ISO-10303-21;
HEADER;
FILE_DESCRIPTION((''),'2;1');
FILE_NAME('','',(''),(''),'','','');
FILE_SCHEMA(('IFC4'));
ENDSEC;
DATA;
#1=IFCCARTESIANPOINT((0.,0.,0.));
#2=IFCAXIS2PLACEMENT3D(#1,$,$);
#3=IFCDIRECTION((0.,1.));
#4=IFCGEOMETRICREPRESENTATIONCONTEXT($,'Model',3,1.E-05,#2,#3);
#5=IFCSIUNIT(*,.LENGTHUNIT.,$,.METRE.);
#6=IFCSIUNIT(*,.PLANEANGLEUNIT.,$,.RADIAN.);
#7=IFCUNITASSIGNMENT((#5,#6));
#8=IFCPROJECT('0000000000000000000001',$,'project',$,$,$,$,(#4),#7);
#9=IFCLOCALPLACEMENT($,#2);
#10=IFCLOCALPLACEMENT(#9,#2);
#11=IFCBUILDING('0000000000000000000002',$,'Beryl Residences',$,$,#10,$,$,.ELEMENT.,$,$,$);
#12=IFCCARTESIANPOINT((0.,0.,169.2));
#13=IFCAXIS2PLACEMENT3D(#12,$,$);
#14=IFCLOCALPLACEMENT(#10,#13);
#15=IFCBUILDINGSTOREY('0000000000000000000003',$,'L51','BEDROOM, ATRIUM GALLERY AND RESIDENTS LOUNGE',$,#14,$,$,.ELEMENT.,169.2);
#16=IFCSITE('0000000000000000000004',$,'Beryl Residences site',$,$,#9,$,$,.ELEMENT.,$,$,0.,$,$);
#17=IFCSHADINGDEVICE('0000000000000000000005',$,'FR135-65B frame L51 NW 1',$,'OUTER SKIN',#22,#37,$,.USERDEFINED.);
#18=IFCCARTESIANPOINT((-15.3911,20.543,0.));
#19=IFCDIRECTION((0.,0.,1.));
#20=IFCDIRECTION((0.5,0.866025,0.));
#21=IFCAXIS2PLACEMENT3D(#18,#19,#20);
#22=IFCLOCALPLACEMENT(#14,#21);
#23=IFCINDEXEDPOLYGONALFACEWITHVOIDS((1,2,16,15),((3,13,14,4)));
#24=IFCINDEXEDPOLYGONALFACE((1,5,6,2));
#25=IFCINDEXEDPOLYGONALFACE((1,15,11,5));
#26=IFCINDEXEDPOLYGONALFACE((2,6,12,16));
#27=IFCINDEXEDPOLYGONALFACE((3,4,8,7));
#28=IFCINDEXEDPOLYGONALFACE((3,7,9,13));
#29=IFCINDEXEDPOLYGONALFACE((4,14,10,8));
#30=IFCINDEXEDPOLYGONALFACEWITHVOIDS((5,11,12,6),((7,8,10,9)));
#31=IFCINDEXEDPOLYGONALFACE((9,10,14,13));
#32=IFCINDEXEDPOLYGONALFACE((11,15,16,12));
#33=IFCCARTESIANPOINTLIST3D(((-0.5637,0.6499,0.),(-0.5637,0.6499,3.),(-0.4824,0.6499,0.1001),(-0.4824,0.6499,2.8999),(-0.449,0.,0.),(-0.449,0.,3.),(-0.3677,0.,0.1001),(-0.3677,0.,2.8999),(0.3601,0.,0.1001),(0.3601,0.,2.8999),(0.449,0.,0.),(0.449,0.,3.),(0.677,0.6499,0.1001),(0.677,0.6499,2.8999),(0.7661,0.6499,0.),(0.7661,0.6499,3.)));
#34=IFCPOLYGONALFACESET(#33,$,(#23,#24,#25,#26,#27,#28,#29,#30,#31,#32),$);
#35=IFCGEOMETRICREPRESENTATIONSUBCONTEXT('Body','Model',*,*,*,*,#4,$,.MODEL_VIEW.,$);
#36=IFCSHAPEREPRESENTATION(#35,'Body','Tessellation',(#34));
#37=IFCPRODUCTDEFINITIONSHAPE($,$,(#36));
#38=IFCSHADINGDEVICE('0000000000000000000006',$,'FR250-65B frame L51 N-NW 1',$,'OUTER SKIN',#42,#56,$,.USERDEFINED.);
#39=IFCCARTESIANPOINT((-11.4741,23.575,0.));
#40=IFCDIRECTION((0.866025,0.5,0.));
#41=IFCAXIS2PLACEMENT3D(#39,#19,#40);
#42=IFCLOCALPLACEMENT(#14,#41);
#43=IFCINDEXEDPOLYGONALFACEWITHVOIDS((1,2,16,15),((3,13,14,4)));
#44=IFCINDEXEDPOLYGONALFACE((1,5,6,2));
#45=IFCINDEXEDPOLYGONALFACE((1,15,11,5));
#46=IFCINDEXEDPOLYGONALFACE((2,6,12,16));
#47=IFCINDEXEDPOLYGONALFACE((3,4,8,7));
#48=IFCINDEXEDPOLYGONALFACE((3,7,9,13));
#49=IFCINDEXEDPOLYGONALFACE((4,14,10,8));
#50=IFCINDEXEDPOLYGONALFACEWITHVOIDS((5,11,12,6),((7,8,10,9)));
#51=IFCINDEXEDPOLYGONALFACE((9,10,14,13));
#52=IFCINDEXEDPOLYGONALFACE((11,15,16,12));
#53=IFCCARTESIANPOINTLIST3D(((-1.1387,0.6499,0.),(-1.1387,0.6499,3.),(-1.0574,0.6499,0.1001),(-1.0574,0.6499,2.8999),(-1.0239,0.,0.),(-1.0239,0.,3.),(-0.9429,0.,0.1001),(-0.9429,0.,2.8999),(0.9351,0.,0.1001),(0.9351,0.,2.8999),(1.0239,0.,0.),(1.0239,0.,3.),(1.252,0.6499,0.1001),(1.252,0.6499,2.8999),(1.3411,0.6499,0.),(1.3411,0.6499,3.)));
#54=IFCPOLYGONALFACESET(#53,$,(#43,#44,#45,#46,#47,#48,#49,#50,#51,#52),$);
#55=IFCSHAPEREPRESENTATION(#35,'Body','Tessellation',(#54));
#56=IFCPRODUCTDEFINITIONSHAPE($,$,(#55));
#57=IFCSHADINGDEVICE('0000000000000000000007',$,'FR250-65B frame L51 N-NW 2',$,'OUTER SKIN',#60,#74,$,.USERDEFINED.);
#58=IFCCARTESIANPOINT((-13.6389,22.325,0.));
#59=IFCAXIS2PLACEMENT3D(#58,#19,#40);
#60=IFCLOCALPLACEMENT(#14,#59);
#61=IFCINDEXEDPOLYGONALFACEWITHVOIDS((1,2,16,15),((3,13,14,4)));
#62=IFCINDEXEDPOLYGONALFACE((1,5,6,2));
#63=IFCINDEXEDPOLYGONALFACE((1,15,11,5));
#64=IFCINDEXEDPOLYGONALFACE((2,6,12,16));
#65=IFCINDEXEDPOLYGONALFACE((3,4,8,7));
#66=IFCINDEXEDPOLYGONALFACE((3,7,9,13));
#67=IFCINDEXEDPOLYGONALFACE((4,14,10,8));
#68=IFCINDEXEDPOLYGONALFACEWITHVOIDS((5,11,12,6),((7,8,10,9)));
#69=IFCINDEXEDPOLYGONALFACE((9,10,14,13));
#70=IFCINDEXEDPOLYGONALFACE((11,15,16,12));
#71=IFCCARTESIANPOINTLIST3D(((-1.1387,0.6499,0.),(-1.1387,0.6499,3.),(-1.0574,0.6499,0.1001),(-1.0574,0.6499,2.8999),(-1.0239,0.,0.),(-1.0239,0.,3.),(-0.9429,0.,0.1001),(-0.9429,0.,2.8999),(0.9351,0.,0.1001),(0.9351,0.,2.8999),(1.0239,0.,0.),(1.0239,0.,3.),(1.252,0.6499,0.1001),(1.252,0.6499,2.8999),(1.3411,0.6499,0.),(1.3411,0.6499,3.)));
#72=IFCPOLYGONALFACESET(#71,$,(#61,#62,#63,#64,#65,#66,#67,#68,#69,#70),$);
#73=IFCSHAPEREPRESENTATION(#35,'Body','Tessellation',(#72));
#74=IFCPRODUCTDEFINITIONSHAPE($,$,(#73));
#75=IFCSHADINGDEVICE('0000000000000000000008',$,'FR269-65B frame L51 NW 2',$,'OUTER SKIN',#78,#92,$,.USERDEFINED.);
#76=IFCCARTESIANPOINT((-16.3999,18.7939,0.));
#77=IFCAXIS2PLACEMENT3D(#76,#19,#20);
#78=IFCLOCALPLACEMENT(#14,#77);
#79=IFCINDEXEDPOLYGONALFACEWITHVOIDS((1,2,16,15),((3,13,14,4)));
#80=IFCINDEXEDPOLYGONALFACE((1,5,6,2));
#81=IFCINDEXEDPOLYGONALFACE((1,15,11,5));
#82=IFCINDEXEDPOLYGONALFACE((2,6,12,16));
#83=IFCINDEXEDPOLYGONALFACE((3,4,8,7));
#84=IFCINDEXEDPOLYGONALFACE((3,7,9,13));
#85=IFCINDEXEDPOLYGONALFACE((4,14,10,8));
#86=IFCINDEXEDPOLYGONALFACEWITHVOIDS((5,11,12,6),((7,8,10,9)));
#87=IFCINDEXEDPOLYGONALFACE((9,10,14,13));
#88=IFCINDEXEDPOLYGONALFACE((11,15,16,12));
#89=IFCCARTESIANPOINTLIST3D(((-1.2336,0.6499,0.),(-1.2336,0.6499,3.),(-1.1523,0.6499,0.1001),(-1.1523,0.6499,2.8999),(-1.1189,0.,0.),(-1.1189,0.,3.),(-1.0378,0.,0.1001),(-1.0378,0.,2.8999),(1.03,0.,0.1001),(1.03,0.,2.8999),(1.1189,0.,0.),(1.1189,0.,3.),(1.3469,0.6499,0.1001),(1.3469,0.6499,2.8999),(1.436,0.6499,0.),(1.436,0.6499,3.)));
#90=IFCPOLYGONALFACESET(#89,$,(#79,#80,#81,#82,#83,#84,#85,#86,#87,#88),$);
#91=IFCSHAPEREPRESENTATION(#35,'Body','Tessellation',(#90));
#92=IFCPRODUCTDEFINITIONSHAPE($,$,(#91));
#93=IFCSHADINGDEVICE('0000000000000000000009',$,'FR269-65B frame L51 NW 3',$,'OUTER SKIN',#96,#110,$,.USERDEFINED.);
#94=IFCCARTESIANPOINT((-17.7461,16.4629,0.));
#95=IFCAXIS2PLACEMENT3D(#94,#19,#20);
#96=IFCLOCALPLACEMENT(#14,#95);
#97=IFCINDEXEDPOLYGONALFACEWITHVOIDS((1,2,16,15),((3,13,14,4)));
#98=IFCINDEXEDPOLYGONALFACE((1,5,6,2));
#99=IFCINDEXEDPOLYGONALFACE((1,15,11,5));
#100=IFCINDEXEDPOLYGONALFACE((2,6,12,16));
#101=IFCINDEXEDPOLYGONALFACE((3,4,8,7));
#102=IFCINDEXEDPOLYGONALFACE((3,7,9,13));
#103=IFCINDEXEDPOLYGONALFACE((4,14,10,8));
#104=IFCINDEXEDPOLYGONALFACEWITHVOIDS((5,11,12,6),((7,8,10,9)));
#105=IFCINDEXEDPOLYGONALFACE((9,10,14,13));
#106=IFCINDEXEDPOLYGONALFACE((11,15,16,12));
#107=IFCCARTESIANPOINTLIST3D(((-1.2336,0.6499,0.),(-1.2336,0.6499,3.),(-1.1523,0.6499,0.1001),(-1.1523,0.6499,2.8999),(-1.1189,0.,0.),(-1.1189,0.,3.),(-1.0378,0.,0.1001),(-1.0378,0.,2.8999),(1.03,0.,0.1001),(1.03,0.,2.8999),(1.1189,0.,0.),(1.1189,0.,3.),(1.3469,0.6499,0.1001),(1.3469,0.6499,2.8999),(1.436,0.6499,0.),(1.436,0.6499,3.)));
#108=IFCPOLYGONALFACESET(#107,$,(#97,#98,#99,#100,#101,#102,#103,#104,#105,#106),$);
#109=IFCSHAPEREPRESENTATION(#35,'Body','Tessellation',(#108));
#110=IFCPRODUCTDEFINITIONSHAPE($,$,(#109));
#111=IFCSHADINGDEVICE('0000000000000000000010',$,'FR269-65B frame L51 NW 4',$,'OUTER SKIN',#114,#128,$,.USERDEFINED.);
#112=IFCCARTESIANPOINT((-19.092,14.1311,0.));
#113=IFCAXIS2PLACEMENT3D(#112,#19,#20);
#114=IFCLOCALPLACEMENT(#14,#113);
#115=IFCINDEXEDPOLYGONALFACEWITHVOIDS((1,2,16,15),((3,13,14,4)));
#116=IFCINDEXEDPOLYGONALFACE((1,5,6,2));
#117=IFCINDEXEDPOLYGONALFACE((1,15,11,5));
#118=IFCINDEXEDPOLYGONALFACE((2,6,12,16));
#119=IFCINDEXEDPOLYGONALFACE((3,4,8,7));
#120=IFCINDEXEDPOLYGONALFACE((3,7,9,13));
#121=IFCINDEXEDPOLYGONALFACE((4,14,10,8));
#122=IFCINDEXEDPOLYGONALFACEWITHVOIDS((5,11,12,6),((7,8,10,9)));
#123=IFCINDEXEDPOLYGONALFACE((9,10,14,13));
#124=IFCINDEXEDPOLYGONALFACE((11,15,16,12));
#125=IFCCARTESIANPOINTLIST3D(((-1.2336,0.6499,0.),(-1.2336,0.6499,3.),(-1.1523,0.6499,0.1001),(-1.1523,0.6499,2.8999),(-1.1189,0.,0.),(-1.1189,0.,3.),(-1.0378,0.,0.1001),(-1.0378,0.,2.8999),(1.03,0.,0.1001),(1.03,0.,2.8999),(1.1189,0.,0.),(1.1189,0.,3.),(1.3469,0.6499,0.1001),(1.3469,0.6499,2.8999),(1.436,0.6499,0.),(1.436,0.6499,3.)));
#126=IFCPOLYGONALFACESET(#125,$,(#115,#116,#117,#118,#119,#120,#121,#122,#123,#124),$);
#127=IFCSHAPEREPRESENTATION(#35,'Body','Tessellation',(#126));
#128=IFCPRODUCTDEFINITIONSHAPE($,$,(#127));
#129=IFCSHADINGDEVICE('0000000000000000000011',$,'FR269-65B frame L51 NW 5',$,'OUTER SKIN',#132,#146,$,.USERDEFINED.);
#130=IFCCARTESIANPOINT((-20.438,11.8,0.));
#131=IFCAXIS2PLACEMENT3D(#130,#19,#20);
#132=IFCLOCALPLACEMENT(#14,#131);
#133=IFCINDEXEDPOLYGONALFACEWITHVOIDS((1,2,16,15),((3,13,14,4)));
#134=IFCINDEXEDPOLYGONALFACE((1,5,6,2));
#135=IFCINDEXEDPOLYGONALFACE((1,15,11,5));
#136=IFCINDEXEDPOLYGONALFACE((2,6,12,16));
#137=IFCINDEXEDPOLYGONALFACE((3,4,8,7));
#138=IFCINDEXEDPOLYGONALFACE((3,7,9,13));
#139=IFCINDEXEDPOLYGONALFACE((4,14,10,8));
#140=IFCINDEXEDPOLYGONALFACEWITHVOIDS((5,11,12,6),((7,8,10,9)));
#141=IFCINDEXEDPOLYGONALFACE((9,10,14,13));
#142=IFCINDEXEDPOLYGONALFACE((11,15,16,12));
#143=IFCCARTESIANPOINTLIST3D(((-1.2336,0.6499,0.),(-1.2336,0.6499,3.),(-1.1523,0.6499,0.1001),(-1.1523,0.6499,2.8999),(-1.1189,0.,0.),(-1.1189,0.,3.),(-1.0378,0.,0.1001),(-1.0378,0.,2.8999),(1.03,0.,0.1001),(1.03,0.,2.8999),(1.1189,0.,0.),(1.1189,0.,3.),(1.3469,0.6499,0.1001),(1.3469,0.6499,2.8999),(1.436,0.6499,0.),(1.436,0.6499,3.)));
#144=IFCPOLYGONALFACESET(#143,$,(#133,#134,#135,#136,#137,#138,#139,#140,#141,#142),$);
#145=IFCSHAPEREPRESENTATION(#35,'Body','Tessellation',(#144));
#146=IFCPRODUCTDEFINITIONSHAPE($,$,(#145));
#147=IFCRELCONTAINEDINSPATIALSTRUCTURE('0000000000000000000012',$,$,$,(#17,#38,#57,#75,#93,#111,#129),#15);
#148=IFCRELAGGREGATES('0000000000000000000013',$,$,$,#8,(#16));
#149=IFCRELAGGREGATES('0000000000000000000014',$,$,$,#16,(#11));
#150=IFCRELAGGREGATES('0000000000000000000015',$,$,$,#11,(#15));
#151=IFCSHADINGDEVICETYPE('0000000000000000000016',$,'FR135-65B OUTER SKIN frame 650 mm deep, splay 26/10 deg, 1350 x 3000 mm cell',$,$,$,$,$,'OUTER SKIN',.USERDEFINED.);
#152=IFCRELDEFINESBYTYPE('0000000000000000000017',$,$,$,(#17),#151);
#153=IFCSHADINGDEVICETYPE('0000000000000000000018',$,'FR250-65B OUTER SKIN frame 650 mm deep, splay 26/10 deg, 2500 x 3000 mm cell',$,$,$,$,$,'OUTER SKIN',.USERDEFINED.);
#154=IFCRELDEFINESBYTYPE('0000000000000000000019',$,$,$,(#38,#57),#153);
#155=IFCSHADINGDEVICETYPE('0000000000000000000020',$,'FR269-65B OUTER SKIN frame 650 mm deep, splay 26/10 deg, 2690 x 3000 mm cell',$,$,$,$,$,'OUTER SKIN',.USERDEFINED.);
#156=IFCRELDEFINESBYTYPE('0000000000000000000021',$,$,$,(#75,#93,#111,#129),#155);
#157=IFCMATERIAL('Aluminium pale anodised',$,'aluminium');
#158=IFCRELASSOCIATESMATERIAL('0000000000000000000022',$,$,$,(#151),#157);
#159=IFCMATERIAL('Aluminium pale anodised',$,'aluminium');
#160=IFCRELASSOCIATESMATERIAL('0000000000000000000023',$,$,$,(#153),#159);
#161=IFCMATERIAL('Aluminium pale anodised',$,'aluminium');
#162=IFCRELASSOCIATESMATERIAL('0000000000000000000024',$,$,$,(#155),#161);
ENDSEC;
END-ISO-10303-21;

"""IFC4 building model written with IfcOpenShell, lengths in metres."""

from ifc_helpers import new_model, entity, si_unit, direction, frame, origin, place, context, subcontext, project, spatial, source, transform, mapped, material, type_object, type_shapes, element, save


model = new_model("IFC4")

# Units and contexts
model_context = context("Model", 3, precision=1e-05, world=origin(), true_north=direction((0.0, 1.0)))
body_context = subcontext(model_context, "Body", "Model", "MODEL_VIEW")
ifc_project = project(units=[si_unit("LENGTHUNIT", "METRE"), si_unit("PLANEANGLEUNIT", "RADIAN")], contexts=[model_context])

# Site, building, storey
site_placement = place(None, origin())
site = spatial("IfcSite", under=ifc_project, at=site_placement, Name="Beryl Residences site", CompositionType="ELEMENT", RefElevation=0.0)
building_placement = place(site_placement, origin())
building = spatial("IfcBuilding", under=site, at=building_placement, Name="Beryl Residences", CompositionType="ELEMENT")
storey_placement = place(building_placement, frame((0.0, 0.0, 169.2)))
storey = spatial("IfcBuildingStorey", under=building, at=storey_placement, Name="L51", Description="BEDROOM, ATRIUM GALLERY AND RESIDENTS LOUNGE", CompositionType="ELEMENT", Elevation=169.2)

# Shading devices
ifc_material_1 = material(Name="Aluminium pale anodised", Category="aluminium")
shading_device_type_1 = type_object("IfcShadingDeviceType", Name="FR135-65B OUTER SKIN frame 650 mm deep, splay 26/10 deg, 1350 x 3000 mm cell", ElementType="OUTER SKIN", PredefinedType="USERDEFINED", material=ifc_material_1)
cartesian_point_1 = entity("IfcCartesianPoint", [-0.449, 0.0])
cartesian_point_2 = entity("IfcCartesianPoint", [-0.3601, 0.1001])
cartesian_point_3 = entity("IfcCartesianPoint", [-0.7661, 0.0])
cartesian_point_4 = entity("IfcCartesianPoint", [-0.677, 0.1001])
shared_shape_1 = source(origin(), body_context, "Body", "SweptSolid", [
    entity("IfcExtrudedAreaSolidTapered", entity("IfcArbitraryProfileDefWithVoids", "AREA", None, entity("IfcPolyline", [cartesian_point_1, entity("IfcCartesianPoint", [0.449, 0.0]), entity("IfcCartesianPoint", [0.449, 3.0]), entity("IfcCartesianPoint", [-0.449, 3.0]), cartesian_point_1]), [entity("IfcPolyline", [cartesian_point_2, entity("IfcCartesianPoint", [0.3677, 0.1001]), entity("IfcCartesianPoint", [0.3677, 2.8999]), entity("IfcCartesianPoint", [-0.3601, 2.8999]), cartesian_point_2])]), entity("IfcAxis2Placement3D", entity("IfcCartesianPoint", [0.0, 0.0, 0.0]), entity("IfcDirection", [0.0, 1.0, 0.0]), entity("IfcDirection", [-1.0, 0.0, 0.0])), entity("IfcDirection", [0.0, 0.0, 1.0]), 0.6499, entity("IfcArbitraryProfileDefWithVoids", "AREA", None, entity("IfcPolyline", [cartesian_point_3, entity("IfcCartesianPoint", [0.5637, 0.0]), entity("IfcCartesianPoint", [0.5637, 3.0]), entity("IfcCartesianPoint", [-0.7661, 3.0]), cartesian_point_3]), [entity("IfcPolyline", [cartesian_point_4, entity("IfcCartesianPoint", [0.4824, 0.1001]), entity("IfcCartesianPoint", [0.4824, 2.8999]), entity("IfcCartesianPoint", [-0.677, 2.8999]), cartesian_point_4])])),
])
type_shapes(shading_device_type_1, [shared_shape_1])
shading_device_placement = place(storey_placement, frame((-15.3911, 20.543, 0.0), z_axis=(0.0, 0.0, 1.0), x_axis=(0.5, 0.866025, 0.0)))
element("IfcShadingDevice", 1, at=shading_device_placement, inside=storey, type_object=shading_device_type_1, Name="FR135-65B frame L51 NW 1", ObjectType="OUTER SKIN", PredefinedType="USERDEFINED", context=body_context, shape_type="MappedRepresentation", body=[
    mapped(shared_shape_1, transform((0.0, 0.0, 0.0))),
])
ifc_material_2 = material(Name="Aluminium pale anodised", Category="aluminium")
shading_device_type_2 = type_object("IfcShadingDeviceType", Name="FR250-65B OUTER SKIN frame 650 mm deep, splay 26/10 deg, 2500 x 3000 mm cell", ElementType="OUTER SKIN", PredefinedType="USERDEFINED", material=ifc_material_2)
cartesian_point_5 = entity("IfcCartesianPoint", [-1.0239, 0.0])
cartesian_point_6 = entity("IfcCartesianPoint", [-0.9351, 0.1001])
cartesian_point_7 = entity("IfcCartesianPoint", [-1.3411, 0.0])
cartesian_point_8 = entity("IfcCartesianPoint", [-1.252, 0.1001])
shared_shape_2 = source(origin(), body_context, "Body", "SweptSolid", [
    entity("IfcExtrudedAreaSolidTapered", entity("IfcArbitraryProfileDefWithVoids", "AREA", None, entity("IfcPolyline", [cartesian_point_5, entity("IfcCartesianPoint", [1.0239, 0.0]), entity("IfcCartesianPoint", [1.0239, 3.0]), entity("IfcCartesianPoint", [-1.0239, 3.0]), cartesian_point_5]), [entity("IfcPolyline", [cartesian_point_6, entity("IfcCartesianPoint", [0.9429, 0.1001]), entity("IfcCartesianPoint", [0.9429, 2.8999]), entity("IfcCartesianPoint", [-0.9351, 2.8999]), cartesian_point_6])]), entity("IfcAxis2Placement3D", entity("IfcCartesianPoint", [0.0, 0.0, 0.0]), entity("IfcDirection", [0.0, 1.0, 0.0]), entity("IfcDirection", [-1.0, 0.0, 0.0])), entity("IfcDirection", [0.0, 0.0, 1.0]), 0.6499, entity("IfcArbitraryProfileDefWithVoids", "AREA", None, entity("IfcPolyline", [cartesian_point_7, entity("IfcCartesianPoint", [1.1387, 0.0]), entity("IfcCartesianPoint", [1.1387, 3.0]), entity("IfcCartesianPoint", [-1.3411, 3.0]), cartesian_point_7]), [entity("IfcPolyline", [cartesian_point_8, entity("IfcCartesianPoint", [1.0574, 0.1001]), entity("IfcCartesianPoint", [1.0574, 2.8999]), entity("IfcCartesianPoint", [-1.252, 2.8999]), cartesian_point_8])])),
])
type_shapes(shading_device_type_2, [shared_shape_2])
for number, where, z_axis, x_axis, name in (
    (2, (-11.4741, 23.575, 0.0), (0.0, 0.0, 1.0), (0.866025, 0.5, 0.0), "FR250-65B frame L51 N-NW 1"),
    (3, (-13.6389, 22.325, 0.0), (0.0, 0.0, 1.0), (0.866025, 0.5, 0.0), "FR250-65B frame L51 N-NW 2"),
):
    element("IfcShadingDevice", number, at=place(storey_placement, frame(where, z_axis=z_axis, x_axis=x_axis)), inside=storey, type_object=shading_device_type_2, Name=name, ObjectType="OUTER SKIN", PredefinedType="USERDEFINED", context=body_context, shape_type="MappedRepresentation", body=[
        mapped(shared_shape_2, transform((0.0, 0.0, 0.0))),
    ])
ifc_material_3 = material(Name="Aluminium pale anodised", Category="aluminium")
shading_device_type_3 = type_object("IfcShadingDeviceType", Name="FR269-65B OUTER SKIN frame 650 mm deep, splay 26/10 deg, 2690 x 3000 mm cell", ElementType="OUTER SKIN", PredefinedType="USERDEFINED", material=ifc_material_3)
cartesian_point_9 = entity("IfcCartesianPoint", [-1.1189, 0.0])
cartesian_point_10 = entity("IfcCartesianPoint", [-1.03, 0.1001])
cartesian_point_11 = entity("IfcCartesianPoint", [-1.436, 0.0])
cartesian_point_12 = entity("IfcCartesianPoint", [-1.3469, 0.1001])
shared_shape_3 = source(origin(), body_context, "Body", "SweptSolid", [
    entity("IfcExtrudedAreaSolidTapered", entity("IfcArbitraryProfileDefWithVoids", "AREA", None, entity("IfcPolyline", [cartesian_point_9, entity("IfcCartesianPoint", [1.1189, 0.0]), entity("IfcCartesianPoint", [1.1189, 3.0]), entity("IfcCartesianPoint", [-1.1189, 3.0]), cartesian_point_9]), [entity("IfcPolyline", [cartesian_point_10, entity("IfcCartesianPoint", [1.0378, 0.1001]), entity("IfcCartesianPoint", [1.0378, 2.8999]), entity("IfcCartesianPoint", [-1.03, 2.8999]), cartesian_point_10])]), entity("IfcAxis2Placement3D", entity("IfcCartesianPoint", [0.0, 0.0, 0.0]), entity("IfcDirection", [0.0, 1.0, 0.0]), entity("IfcDirection", [-1.0, 0.0, 0.0])), entity("IfcDirection", [0.0, 0.0, 1.0]), 0.6499, entity("IfcArbitraryProfileDefWithVoids", "AREA", None, entity("IfcPolyline", [cartesian_point_11, entity("IfcCartesianPoint", [1.2336, 0.0]), entity("IfcCartesianPoint", [1.2336, 3.0]), entity("IfcCartesianPoint", [-1.436, 3.0]), cartesian_point_11]), [entity("IfcPolyline", [cartesian_point_12, entity("IfcCartesianPoint", [1.1523, 0.1001]), entity("IfcCartesianPoint", [1.1523, 2.8999]), entity("IfcCartesianPoint", [-1.3469, 2.8999]), cartesian_point_12])])),
])
type_shapes(shading_device_type_3, [shared_shape_3])
for number, where, z_axis, x_axis, name in (
    (4, (-16.3999, 18.7939, 0.0), (0.0, 0.0, 1.0), (0.5, 0.866025, 0.0), "FR269-65B frame L51 NW 2"),
    (5, (-17.7461, 16.4629, 0.0), (0.0, 0.0, 1.0), (0.5, 0.866025, 0.0), "FR269-65B frame L51 NW 3"),
    (6, (-19.092, 14.1311, 0.0), (0.0, 0.0, 1.0), (0.5, 0.866025, 0.0), "FR269-65B frame L51 NW 4"),
    (7, (-20.438, 11.8, 0.0), (0.0, 0.0, 1.0), (0.5, 0.866025, 0.0), "FR269-65B frame L51 NW 5"),
):
    element("IfcShadingDevice", number, at=place(storey_placement, frame(where, z_axis=z_axis, x_axis=x_axis)), inside=storey, type_object=shading_device_type_3, Name=name, ObjectType="OUTER SKIN", PredefinedType="USERDEFINED", context=body_context, shape_type="MappedRepresentation", body=[
        mapped(shared_shape_3, transform((0.0, 0.0, 0.0))),
    ])

save(model, "model.ifc")
